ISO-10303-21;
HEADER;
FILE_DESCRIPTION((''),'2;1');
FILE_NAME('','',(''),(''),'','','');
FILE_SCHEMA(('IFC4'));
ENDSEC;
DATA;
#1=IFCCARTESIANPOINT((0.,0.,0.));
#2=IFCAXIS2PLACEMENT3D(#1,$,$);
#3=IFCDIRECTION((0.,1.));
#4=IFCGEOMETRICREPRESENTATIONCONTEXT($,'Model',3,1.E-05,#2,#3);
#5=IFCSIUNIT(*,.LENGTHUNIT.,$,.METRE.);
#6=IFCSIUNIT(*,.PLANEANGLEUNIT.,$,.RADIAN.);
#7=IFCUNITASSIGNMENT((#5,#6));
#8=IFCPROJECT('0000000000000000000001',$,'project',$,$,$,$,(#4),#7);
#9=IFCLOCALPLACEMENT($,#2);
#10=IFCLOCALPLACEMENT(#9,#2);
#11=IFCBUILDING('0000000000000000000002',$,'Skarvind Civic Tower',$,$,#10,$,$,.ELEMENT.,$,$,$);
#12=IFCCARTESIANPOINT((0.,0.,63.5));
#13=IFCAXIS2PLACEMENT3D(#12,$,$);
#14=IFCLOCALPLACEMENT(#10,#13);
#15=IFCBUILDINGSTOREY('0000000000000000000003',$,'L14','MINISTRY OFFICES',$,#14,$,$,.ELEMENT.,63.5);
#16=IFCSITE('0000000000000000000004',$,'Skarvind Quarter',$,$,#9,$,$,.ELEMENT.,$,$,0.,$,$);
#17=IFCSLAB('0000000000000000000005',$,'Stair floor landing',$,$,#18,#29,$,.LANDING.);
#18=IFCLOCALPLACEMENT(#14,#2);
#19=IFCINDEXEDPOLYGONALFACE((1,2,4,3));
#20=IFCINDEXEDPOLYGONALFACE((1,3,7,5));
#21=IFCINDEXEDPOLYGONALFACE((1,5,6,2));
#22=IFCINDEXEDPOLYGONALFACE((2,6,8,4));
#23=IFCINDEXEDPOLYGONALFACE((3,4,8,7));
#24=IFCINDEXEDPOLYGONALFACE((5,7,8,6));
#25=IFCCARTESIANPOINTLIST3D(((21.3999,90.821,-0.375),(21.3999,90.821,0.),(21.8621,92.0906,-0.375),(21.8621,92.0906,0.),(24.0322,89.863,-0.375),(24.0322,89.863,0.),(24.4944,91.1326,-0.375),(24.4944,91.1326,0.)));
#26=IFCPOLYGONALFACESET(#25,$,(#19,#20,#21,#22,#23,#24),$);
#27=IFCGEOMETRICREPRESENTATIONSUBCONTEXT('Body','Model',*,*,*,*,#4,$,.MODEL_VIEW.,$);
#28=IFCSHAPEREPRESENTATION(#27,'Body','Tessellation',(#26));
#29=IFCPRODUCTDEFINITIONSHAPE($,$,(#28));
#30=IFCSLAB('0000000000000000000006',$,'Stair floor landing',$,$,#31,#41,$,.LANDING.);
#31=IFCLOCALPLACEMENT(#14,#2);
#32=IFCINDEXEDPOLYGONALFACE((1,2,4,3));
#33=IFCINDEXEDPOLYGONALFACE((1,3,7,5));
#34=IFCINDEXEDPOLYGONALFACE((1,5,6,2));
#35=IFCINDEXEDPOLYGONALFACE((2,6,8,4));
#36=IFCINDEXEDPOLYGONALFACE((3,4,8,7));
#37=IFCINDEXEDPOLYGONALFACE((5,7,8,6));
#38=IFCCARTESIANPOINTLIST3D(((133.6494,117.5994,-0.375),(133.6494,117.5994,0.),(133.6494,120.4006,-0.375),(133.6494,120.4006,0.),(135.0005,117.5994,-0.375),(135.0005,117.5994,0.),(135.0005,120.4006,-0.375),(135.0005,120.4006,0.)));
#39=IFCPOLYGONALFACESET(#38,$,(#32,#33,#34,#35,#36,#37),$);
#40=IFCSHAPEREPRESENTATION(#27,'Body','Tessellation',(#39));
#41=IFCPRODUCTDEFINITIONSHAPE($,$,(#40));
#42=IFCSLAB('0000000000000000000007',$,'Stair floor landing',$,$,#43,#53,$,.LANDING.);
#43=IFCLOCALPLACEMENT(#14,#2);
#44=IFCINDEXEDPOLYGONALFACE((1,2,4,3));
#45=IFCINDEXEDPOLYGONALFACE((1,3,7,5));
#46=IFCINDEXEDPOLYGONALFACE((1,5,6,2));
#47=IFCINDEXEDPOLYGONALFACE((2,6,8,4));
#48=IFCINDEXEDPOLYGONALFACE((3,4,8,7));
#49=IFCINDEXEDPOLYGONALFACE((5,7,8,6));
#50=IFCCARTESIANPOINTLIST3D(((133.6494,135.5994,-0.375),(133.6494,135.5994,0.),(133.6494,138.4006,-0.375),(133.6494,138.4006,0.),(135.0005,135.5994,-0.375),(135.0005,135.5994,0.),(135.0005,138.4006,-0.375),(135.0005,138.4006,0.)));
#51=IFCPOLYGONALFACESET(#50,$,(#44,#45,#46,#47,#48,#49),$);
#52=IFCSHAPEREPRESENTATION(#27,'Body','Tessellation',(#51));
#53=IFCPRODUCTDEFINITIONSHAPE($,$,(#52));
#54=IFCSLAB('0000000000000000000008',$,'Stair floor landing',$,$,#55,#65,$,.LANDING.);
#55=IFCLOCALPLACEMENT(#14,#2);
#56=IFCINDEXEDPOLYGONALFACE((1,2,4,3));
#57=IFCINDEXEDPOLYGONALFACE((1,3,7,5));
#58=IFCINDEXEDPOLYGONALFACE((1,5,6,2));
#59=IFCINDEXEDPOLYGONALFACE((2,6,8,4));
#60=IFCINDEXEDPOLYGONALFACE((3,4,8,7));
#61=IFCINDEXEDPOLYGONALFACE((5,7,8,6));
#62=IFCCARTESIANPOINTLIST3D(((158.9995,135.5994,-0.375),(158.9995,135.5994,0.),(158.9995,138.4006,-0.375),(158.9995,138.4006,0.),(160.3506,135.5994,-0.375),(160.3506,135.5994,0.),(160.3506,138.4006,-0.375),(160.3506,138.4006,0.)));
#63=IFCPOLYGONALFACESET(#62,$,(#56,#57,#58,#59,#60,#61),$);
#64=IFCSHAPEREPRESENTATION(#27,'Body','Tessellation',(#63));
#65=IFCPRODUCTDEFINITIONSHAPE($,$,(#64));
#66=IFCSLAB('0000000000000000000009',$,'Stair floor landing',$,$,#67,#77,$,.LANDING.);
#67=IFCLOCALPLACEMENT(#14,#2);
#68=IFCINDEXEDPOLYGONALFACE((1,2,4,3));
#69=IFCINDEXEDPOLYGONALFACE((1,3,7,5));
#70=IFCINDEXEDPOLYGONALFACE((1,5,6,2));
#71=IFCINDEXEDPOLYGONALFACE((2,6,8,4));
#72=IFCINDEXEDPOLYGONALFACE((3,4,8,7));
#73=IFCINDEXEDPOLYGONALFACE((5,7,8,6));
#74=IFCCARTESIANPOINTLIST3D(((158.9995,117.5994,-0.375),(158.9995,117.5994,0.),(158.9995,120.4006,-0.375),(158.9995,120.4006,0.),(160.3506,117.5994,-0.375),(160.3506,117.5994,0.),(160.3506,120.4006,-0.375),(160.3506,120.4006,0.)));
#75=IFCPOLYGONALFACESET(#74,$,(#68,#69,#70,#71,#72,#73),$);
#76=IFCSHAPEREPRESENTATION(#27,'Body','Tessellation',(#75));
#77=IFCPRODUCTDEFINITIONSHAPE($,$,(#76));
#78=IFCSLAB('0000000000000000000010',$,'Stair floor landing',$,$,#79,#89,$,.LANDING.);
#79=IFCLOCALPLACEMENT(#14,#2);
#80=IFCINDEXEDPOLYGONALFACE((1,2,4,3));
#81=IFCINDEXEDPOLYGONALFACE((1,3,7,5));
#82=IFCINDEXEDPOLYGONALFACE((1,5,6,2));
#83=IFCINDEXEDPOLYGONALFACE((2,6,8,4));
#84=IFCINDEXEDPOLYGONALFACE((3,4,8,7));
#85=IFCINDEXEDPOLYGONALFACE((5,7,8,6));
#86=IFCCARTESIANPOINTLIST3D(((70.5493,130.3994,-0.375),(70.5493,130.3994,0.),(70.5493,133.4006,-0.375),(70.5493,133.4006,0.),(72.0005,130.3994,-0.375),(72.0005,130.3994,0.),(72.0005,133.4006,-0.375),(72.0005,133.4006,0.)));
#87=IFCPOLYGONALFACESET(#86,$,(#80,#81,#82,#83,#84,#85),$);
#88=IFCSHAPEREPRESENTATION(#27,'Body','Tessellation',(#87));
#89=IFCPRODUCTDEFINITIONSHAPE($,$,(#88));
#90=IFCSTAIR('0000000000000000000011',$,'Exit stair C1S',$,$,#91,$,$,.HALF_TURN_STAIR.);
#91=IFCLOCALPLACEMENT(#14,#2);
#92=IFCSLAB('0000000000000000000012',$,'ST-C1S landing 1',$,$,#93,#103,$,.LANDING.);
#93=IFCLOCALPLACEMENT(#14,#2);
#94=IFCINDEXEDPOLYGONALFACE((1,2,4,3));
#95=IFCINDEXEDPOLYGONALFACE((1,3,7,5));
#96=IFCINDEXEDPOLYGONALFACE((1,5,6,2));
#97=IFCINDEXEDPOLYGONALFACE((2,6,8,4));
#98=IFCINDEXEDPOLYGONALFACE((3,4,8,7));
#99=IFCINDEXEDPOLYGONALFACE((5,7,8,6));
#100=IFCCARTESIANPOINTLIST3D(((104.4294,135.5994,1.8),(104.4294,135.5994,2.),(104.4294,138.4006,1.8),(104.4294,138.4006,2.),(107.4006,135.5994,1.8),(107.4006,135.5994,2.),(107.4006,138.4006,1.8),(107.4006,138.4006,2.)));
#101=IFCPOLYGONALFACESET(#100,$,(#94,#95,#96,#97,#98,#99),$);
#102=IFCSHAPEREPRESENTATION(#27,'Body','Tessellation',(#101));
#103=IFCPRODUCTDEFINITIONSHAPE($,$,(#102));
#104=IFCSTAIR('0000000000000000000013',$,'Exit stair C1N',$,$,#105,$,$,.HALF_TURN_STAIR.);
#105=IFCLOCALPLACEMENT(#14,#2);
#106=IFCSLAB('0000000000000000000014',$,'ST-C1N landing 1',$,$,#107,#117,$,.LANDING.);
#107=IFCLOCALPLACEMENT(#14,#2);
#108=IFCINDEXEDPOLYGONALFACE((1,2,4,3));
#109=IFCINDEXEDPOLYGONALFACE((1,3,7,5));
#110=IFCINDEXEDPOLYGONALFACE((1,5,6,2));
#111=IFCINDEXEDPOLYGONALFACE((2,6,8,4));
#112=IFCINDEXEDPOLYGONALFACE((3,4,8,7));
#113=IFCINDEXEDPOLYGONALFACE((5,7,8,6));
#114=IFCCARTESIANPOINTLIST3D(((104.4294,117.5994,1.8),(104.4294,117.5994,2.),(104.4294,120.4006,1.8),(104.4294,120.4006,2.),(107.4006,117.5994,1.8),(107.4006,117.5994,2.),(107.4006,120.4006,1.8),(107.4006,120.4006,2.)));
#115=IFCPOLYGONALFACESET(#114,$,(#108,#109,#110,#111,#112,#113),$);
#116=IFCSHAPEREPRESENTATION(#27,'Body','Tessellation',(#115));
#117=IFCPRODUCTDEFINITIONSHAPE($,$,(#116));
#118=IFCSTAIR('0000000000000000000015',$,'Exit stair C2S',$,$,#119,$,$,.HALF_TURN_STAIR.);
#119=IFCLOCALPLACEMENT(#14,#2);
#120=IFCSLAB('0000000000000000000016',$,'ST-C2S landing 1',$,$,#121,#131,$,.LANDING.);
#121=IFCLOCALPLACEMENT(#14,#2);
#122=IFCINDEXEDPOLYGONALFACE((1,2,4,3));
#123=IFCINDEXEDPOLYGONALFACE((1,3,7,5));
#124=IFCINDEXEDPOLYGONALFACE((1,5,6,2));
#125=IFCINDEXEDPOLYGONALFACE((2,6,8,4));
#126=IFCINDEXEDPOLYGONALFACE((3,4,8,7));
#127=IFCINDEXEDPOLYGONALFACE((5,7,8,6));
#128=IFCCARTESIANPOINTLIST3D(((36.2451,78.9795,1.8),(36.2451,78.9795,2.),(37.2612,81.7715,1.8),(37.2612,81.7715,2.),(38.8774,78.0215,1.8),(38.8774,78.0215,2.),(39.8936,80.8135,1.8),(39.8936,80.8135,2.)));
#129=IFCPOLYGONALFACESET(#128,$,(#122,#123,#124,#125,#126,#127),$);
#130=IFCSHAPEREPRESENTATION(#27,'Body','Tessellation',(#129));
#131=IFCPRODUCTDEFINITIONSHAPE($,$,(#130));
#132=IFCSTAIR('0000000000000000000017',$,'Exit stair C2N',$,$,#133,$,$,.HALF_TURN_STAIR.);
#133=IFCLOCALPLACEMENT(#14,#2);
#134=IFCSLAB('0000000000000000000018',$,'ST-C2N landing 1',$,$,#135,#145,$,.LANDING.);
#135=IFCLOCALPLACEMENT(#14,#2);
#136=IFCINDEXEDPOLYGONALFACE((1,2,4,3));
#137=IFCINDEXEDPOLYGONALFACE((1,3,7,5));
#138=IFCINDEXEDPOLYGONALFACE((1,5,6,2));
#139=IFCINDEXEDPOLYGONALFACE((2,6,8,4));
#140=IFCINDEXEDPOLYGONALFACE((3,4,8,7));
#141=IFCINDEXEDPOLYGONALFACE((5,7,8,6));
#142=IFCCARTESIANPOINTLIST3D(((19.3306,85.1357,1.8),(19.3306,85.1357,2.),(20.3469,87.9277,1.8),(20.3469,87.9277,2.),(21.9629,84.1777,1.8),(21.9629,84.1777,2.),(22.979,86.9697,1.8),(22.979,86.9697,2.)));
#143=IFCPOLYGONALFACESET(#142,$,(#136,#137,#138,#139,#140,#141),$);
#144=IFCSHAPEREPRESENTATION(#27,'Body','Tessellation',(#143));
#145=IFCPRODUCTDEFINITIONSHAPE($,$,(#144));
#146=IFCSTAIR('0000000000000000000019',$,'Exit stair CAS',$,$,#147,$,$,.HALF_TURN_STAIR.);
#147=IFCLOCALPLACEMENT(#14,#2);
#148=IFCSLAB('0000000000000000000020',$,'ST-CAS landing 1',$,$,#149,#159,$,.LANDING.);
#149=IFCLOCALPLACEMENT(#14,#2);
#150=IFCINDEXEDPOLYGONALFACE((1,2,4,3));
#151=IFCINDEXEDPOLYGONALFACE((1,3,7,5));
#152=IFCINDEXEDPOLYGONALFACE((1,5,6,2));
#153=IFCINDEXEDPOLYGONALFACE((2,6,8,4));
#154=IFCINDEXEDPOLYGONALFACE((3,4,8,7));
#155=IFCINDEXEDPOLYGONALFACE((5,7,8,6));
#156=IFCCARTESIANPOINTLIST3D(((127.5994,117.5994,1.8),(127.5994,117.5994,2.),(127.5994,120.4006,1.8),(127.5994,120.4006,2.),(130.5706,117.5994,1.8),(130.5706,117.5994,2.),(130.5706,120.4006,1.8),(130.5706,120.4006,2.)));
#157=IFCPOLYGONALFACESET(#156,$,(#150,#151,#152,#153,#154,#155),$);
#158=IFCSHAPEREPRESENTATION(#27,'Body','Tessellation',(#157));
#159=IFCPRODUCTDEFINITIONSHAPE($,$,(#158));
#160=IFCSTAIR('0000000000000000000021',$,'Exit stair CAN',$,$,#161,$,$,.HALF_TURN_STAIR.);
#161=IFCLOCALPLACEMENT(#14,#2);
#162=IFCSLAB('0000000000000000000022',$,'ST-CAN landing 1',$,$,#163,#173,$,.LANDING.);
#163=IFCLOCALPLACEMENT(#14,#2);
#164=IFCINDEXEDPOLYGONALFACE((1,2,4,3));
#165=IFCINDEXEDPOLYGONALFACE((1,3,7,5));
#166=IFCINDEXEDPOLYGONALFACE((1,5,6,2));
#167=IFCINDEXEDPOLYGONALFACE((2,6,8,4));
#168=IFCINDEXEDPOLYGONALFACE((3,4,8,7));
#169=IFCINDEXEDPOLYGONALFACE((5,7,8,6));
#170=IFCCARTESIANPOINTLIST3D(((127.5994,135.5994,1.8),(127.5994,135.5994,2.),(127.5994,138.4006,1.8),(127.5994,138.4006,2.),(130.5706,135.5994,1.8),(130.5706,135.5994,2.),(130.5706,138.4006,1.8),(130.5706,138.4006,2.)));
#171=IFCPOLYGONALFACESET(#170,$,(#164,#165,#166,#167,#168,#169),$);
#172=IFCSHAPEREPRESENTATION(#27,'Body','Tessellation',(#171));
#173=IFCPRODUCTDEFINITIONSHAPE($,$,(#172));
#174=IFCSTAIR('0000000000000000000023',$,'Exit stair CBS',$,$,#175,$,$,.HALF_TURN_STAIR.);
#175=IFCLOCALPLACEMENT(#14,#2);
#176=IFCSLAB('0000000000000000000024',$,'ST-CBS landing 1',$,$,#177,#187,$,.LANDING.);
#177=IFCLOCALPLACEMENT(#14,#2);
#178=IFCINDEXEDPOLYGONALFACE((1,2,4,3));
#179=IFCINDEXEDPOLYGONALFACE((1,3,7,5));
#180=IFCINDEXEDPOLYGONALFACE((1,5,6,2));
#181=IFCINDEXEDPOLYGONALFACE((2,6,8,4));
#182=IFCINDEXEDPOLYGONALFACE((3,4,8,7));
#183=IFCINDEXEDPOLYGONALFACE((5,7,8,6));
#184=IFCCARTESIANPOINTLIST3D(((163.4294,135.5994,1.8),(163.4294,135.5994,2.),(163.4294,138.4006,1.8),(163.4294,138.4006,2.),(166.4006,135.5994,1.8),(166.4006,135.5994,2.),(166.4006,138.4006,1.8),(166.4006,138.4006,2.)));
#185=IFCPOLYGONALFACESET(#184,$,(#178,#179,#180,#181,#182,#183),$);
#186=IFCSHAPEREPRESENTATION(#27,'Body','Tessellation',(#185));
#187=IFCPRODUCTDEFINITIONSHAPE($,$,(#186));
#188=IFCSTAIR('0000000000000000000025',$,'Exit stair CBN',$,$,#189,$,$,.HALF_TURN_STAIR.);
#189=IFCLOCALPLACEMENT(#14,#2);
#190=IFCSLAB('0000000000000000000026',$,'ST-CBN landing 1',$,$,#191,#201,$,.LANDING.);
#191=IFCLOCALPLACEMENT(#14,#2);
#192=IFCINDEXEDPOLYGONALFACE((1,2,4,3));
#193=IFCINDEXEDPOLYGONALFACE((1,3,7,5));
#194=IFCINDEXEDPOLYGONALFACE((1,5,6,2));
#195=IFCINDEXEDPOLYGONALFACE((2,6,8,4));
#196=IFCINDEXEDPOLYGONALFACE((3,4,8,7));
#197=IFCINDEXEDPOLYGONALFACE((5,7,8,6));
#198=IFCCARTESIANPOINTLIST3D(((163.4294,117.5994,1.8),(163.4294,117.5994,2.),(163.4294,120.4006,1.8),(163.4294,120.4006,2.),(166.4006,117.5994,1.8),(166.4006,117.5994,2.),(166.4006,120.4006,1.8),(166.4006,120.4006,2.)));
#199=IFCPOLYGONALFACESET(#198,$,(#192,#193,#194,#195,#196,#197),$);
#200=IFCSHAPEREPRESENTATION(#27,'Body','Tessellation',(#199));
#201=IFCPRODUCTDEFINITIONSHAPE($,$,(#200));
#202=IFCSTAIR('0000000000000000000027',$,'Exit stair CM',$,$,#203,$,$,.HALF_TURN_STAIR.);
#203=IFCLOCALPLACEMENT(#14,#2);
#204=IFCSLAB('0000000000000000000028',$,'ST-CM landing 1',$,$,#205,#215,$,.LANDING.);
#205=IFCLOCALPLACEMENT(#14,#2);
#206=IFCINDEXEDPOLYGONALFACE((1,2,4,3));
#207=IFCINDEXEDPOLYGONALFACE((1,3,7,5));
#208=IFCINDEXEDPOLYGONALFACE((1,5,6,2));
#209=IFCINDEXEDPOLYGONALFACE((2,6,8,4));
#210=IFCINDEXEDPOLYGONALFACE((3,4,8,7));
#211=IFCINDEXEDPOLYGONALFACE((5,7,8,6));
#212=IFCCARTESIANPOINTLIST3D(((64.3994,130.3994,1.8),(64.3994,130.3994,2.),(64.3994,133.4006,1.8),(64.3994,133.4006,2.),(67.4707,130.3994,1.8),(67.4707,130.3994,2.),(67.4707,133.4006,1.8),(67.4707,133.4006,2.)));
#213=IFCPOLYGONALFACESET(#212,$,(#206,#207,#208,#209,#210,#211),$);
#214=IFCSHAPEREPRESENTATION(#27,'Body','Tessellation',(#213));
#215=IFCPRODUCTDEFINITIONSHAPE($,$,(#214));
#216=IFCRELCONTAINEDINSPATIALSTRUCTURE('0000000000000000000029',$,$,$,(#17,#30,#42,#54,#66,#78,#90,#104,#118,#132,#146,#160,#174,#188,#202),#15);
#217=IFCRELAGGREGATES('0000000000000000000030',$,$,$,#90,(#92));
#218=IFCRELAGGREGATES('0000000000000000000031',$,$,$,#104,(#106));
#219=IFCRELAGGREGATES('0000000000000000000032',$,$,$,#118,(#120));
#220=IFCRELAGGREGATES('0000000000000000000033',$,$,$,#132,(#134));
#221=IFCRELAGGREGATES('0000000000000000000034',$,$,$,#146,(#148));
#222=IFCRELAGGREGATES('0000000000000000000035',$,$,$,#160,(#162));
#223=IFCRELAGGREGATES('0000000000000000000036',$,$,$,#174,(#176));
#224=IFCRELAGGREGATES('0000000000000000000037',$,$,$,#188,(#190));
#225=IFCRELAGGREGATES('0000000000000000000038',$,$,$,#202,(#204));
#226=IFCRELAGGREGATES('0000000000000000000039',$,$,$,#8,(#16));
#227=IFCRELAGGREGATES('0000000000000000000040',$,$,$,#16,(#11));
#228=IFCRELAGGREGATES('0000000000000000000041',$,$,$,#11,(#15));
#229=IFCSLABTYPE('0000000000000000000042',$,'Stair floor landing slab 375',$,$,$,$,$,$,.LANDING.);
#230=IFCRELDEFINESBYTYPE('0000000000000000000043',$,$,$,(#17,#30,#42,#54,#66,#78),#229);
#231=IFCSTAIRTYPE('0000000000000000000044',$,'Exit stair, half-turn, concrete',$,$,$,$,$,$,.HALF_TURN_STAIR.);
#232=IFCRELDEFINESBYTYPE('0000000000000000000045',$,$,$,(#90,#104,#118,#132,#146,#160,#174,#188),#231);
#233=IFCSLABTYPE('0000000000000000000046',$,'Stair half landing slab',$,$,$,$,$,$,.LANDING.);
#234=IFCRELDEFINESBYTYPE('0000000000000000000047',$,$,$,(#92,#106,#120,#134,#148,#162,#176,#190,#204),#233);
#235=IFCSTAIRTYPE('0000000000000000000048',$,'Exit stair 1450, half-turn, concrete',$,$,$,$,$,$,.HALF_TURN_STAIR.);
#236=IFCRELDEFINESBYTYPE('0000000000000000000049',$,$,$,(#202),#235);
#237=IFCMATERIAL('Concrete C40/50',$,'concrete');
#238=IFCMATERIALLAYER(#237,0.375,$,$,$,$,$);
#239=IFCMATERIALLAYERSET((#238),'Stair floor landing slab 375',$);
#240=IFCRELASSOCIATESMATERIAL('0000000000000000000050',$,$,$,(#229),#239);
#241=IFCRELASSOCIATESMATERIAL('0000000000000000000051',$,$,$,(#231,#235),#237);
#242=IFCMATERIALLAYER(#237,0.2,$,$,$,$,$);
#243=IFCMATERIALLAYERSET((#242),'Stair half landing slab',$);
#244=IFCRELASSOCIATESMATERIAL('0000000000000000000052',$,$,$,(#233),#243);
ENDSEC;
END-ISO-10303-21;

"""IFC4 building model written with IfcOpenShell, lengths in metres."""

from ifc_helpers import new_model, si_unit, direction, frame, origin, place, context, subcontext, project, spatial, polyline, outline, extrude, material, layer, layer_set, type_object, element, aggregate, save


model = new_model("IFC4")

# Units and contexts
model_context = context("Model", 3, precision=1e-05, world=origin(), true_north=direction((0.0, 1.0)))
body_context = subcontext(model_context, "Body", "Model", "MODEL_VIEW")
ifc_project = project(units=[si_unit("LENGTHUNIT", "METRE"), si_unit("PLANEANGLEUNIT", "RADIAN")], contexts=[model_context])

# Site, building, storey
site_placement = place(None, origin())
site = spatial("IfcSite", under=ifc_project, at=site_placement, Name="Skarvind Quarter", CompositionType="ELEMENT", RefElevation=0.0)
building_placement = place(site_placement, origin())
building = spatial("IfcBuilding", under=site, at=building_placement, Name="Skarvind Civic Tower", CompositionType="ELEMENT")
storey_placement = place(building_placement, frame((0.0, 0.0, 63.5)))
storey = spatial("IfcBuildingStorey", under=building, at=storey_placement, Name="L14", Description="MINISTRY OFFICES", CompositionType="ELEMENT", Elevation=63.5)

# Slabs
ifc_material_1 = material(Name="Concrete C40/50", Category="concrete")
ifc_layer_1 = layer(ifc_material_1, 0.375)
ifc_layer_set_1 = layer_set([ifc_layer_1], Name="Stair floor landing slab 375")
slab_type_1 = type_object("IfcSlabType", Name="Stair floor landing slab 375", PredefinedType="LANDING", material=ifc_layer_set_1)
slab_1_placement = place(storey_placement, frame((0.0, 0.0, -0.375)))
element("IfcSlab", 1, at=slab_1_placement, inside=storey, type_object=slab_type_1, Name="Stair floor landing", PredefinedType="LANDING", context=body_context, shape_type="SweptSolid", body=[
    extrude(outline(polyline([(24.0322, 89.863), (21.3999, 90.821), (21.8621, 92.0906), (24.4944, 91.1326), (24.0322, 89.863)])), origin(), (0.0, 0.0, 1.0), 0.375),
])
slab_2_placement = place(storey_placement, frame((0.0, 0.0, -0.375)))
element("IfcSlab", 2, at=slab_2_placement, inside=storey, type_object=slab_type_1, Name="Stair floor landing", PredefinedType="LANDING", context=body_context, shape_type="SweptSolid", body=[
    extrude(outline(polyline([(133.6494, 117.5994), (133.6494, 120.4006), (135.0005, 120.4006), (135.0005, 117.5994), (133.6494, 117.5994)])), origin(), (0.0, 0.0, 1.0), 0.375),
])
slab_3_placement = place(storey_placement, frame((0.0, 0.0, -0.375)))
element("IfcSlab", 3, at=slab_3_placement, inside=storey, type_object=slab_type_1, Name="Stair floor landing", PredefinedType="LANDING", context=body_context, shape_type="SweptSolid", body=[
    extrude(outline(polyline([(133.6494, 135.5994), (133.6494, 138.4006), (135.0005, 138.4006), (135.0005, 135.5994), (133.6494, 135.5994)])), origin(), (0.0, 0.0, 1.0), 0.375),
])
slab_4_placement = place(storey_placement, frame((0.0, 0.0, -0.375)))
element("IfcSlab", 4, at=slab_4_placement, inside=storey, type_object=slab_type_1, Name="Stair floor landing", PredefinedType="LANDING", context=body_context, shape_type="SweptSolid", body=[
    extrude(outline(polyline([(160.3506, 138.4006), (160.3506, 135.5994), (158.9995, 135.5994), (158.9995, 138.4006), (160.3506, 138.4006)])), origin(), (0.0, 0.0, 1.0), 0.375),
])
slab_5_placement = place(storey_placement, frame((0.0, 0.0, -0.375)))
element("IfcSlab", 5, at=slab_5_placement, inside=storey, type_object=slab_type_1, Name="Stair floor landing", PredefinedType="LANDING", context=body_context, shape_type="SweptSolid", body=[
    extrude(outline(polyline([(160.3506, 120.4006), (160.3506, 117.5994), (158.9995, 117.5994), (158.9995, 120.4006), (160.3506, 120.4006)])), origin(), (0.0, 0.0, 1.0), 0.375),
])
slab_6_placement = place(storey_placement, frame((0.0, 0.0, -0.375)))
element("IfcSlab", 6, at=slab_6_placement, inside=storey, type_object=slab_type_1, Name="Stair floor landing", PredefinedType="LANDING", context=body_context, shape_type="SweptSolid", body=[
    extrude(outline(polyline([(70.5493, 130.3994), (70.5493, 133.4006), (72.0005, 133.4006), (72.0005, 130.3994), (70.5493, 130.3994)])), origin(), (0.0, 0.0, 1.0), 0.375),
])

# Stairs, slabs
stair_type_1 = type_object("IfcStairType", Name="Exit stair, half-turn, concrete", PredefinedType="HALF_TURN_STAIR", material=ifc_material_1)
stair_1_placement = place(storey_placement, origin())
stair_1 = element("IfcStair", 7, at=stair_1_placement, inside=storey, type_object=stair_type_1, Name="Exit stair C1S", PredefinedType="HALF_TURN_STAIR")
ifc_layer_2 = layer(ifc_material_1, 0.2)
ifc_layer_set_2 = layer_set([ifc_layer_2], Name="Stair half landing slab")
slab_type_2 = type_object("IfcSlabType", Name="Stair half landing slab", PredefinedType="LANDING", material=ifc_layer_set_2)
slab_7_placement = place(storey_placement, frame((0.0, 0.0, 1.8)))
slab_7 = element("IfcSlab", 8, at=slab_7_placement, type_object=slab_type_2, Name="ST-C1S landing 1", PredefinedType="LANDING", context=body_context, shape_type="SweptSolid", body=[
    extrude(outline(polyline([(104.4294, 135.5994), (104.4294, 138.4006), (107.4006, 138.4006), (107.4006, 135.5994), (104.4294, 135.5994)])), origin(), (0.0, 0.0, 1.0), 0.2),
])
aggregate(stair_1, [slab_7])
stair_2_placement = place(storey_placement, origin())
stair_2 = element("IfcStair", 9, at=stair_2_placement, inside=storey, type_object=stair_type_1, Name="Exit stair C1N", PredefinedType="HALF_TURN_STAIR")
slab_8_placement = place(storey_placement, frame((0.0, 0.0, 1.8)))
slab_8 = element("IfcSlab", 10, at=slab_8_placement, type_object=slab_type_2, Name="ST-C1N landing 1", PredefinedType="LANDING", context=body_context, shape_type="SweptSolid", body=[
    extrude(outline(polyline([(104.4294, 117.5994), (104.4294, 120.4006), (107.4006, 120.4006), (107.4006, 117.5994), (104.4294, 117.5994)])), origin(), (0.0, 0.0, 1.0), 0.2),
])
aggregate(stair_2, [slab_8])
stair_3_placement = place(storey_placement, origin())
stair_3 = element("IfcStair", 11, at=stair_3_placement, inside=storey, type_object=stair_type_1, Name="Exit stair C2S", PredefinedType="HALF_TURN_STAIR")
slab_9_placement = place(storey_placement, frame((0.0, 0.0, 1.8)))
slab_9 = element("IfcSlab", 12, at=slab_9_placement, type_object=slab_type_2, Name="ST-C2S landing 1", PredefinedType="LANDING", context=body_context, shape_type="SweptSolid", body=[
    extrude(outline(polyline([(37.2612, 81.7715), (39.8936, 80.8135), (38.8774, 78.0215), (36.2451, 78.9795), (37.2612, 81.7715)])), origin(), (0.0, 0.0, 1.0), 0.2),
])
aggregate(stair_3, [slab_9])
stair_4_placement = place(storey_placement, origin())
stair_4 = element("IfcStair", 13, at=stair_4_placement, inside=storey, type_object=stair_type_1, Name="Exit stair C2N", PredefinedType="HALF_TURN_STAIR")
slab_10_placement = place(storey_placement, frame((0.0, 0.0, 1.8)))
slab_10 = element("IfcSlab", 14, at=slab_10_placement, type_object=slab_type_2, Name="ST-C2N landing 1", PredefinedType="LANDING", context=body_context, shape_type="SweptSolid", body=[
    extrude(outline(polyline([(20.3469, 87.9277), (22.979, 86.9697), (21.9629, 84.1777), (19.3306, 85.1357), (20.3469, 87.9277)])), origin(), (0.0, 0.0, 1.0), 0.2),
])
aggregate(stair_4, [slab_10])
stair_5_placement = place(storey_placement, origin())
stair_5 = element("IfcStair", 15, at=stair_5_placement, inside=storey, type_object=stair_type_1, Name="Exit stair CAS", PredefinedType="HALF_TURN_STAIR")
slab_11_placement = place(storey_placement, frame((0.0, 0.0, 1.8)))
slab_11 = element("IfcSlab", 16, at=slab_11_placement, type_object=slab_type_2, Name="ST-CAS landing 1", PredefinedType="LANDING", context=body_context, shape_type="SweptSolid", body=[
    extrude(outline(polyline([(130.5706, 120.4006), (130.5706, 117.5994), (127.5994, 117.5994), (127.5994, 120.4006), (130.5706, 120.4006)])), origin(), (0.0, 0.0, 1.0), 0.2),
])
aggregate(stair_5, [slab_11])
stair_6_placement = place(storey_placement, origin())
stair_6 = element("IfcStair", 17, at=stair_6_placement, inside=storey, type_object=stair_type_1, Name="Exit stair CAN", PredefinedType="HALF_TURN_STAIR")
slab_12_placement = place(storey_placement, frame((0.0, 0.0, 1.8)))
slab_12 = element("IfcSlab", 18, at=slab_12_placement, type_object=slab_type_2, Name="ST-CAN landing 1", PredefinedType="LANDING", context=body_context, shape_type="SweptSolid", body=[
    extrude(outline(polyline([(130.5706, 138.4006), (130.5706, 135.5994), (127.5994, 135.5994), (127.5994, 138.4006), (130.5706, 138.4006)])), origin(), (0.0, 0.0, 1.0), 0.2),
])
aggregate(stair_6, [slab_12])
stair_7_placement = place(storey_placement, origin())
stair_7 = element("IfcStair", 19, at=stair_7_placement, inside=storey, type_object=stair_type_1, Name="Exit stair CBS", PredefinedType="HALF_TURN_STAIR")
slab_13_placement = place(storey_placement, frame((0.0, 0.0, 1.8)))
slab_13 = element("IfcSlab", 20, at=slab_13_placement, type_object=slab_type_2, Name="ST-CBS landing 1", PredefinedType="LANDING", context=body_context, shape_type="SweptSolid", body=[
    extrude(outline(polyline([(163.4294, 135.5994), (163.4294, 138.4006), (166.4006, 138.4006), (166.4006, 135.5994), (163.4294, 135.5994)])), origin(), (0.0, 0.0, 1.0), 0.2),
])
aggregate(stair_7, [slab_13])
stair_8_placement = place(storey_placement, origin())
stair_8 = element("IfcStair", 21, at=stair_8_placement, inside=storey, type_object=stair_type_1, Name="Exit stair CBN", PredefinedType="HALF_TURN_STAIR")
slab_14_placement = place(storey_placement, frame((0.0, 0.0, 1.8)))
slab_14 = element("IfcSlab", 22, at=slab_14_placement, type_object=slab_type_2, Name="ST-CBN landing 1", PredefinedType="LANDING", context=body_context, shape_type="SweptSolid", body=[
    extrude(outline(polyline([(163.4294, 117.5994), (163.4294, 120.4006), (166.4006, 120.4006), (166.4006, 117.5994), (163.4294, 117.5994)])), origin(), (0.0, 0.0, 1.0), 0.2),
])
aggregate(stair_8, [slab_14])
stair_type_2 = type_object("IfcStairType", Name="Exit stair 1450, half-turn, concrete", PredefinedType="HALF_TURN_STAIR", material=ifc_material_1)
stair_9_placement = place(storey_placement, origin())
stair_9 = element("IfcStair", 23, at=stair_9_placement, inside=storey, type_object=stair_type_2, Name="Exit stair CM", PredefinedType="HALF_TURN_STAIR")
slab_15_placement = place(storey_placement, frame((0.0, 0.0, 1.8)))
slab_15 = element("IfcSlab", 24, at=slab_15_placement, type_object=slab_type_2, Name="ST-CM landing 1", PredefinedType="LANDING", context=body_context, shape_type="SweptSolid", body=[
    extrude(outline(polyline([(67.4707, 133.4006), (67.4707, 130.3994), (64.3994, 130.3994), (64.3994, 133.4006), (67.4707, 133.4006)])), origin(), (0.0, 0.0, 1.0), 0.2),
])
aggregate(stair_9, [slab_15])

save(model, "model.ifc")
